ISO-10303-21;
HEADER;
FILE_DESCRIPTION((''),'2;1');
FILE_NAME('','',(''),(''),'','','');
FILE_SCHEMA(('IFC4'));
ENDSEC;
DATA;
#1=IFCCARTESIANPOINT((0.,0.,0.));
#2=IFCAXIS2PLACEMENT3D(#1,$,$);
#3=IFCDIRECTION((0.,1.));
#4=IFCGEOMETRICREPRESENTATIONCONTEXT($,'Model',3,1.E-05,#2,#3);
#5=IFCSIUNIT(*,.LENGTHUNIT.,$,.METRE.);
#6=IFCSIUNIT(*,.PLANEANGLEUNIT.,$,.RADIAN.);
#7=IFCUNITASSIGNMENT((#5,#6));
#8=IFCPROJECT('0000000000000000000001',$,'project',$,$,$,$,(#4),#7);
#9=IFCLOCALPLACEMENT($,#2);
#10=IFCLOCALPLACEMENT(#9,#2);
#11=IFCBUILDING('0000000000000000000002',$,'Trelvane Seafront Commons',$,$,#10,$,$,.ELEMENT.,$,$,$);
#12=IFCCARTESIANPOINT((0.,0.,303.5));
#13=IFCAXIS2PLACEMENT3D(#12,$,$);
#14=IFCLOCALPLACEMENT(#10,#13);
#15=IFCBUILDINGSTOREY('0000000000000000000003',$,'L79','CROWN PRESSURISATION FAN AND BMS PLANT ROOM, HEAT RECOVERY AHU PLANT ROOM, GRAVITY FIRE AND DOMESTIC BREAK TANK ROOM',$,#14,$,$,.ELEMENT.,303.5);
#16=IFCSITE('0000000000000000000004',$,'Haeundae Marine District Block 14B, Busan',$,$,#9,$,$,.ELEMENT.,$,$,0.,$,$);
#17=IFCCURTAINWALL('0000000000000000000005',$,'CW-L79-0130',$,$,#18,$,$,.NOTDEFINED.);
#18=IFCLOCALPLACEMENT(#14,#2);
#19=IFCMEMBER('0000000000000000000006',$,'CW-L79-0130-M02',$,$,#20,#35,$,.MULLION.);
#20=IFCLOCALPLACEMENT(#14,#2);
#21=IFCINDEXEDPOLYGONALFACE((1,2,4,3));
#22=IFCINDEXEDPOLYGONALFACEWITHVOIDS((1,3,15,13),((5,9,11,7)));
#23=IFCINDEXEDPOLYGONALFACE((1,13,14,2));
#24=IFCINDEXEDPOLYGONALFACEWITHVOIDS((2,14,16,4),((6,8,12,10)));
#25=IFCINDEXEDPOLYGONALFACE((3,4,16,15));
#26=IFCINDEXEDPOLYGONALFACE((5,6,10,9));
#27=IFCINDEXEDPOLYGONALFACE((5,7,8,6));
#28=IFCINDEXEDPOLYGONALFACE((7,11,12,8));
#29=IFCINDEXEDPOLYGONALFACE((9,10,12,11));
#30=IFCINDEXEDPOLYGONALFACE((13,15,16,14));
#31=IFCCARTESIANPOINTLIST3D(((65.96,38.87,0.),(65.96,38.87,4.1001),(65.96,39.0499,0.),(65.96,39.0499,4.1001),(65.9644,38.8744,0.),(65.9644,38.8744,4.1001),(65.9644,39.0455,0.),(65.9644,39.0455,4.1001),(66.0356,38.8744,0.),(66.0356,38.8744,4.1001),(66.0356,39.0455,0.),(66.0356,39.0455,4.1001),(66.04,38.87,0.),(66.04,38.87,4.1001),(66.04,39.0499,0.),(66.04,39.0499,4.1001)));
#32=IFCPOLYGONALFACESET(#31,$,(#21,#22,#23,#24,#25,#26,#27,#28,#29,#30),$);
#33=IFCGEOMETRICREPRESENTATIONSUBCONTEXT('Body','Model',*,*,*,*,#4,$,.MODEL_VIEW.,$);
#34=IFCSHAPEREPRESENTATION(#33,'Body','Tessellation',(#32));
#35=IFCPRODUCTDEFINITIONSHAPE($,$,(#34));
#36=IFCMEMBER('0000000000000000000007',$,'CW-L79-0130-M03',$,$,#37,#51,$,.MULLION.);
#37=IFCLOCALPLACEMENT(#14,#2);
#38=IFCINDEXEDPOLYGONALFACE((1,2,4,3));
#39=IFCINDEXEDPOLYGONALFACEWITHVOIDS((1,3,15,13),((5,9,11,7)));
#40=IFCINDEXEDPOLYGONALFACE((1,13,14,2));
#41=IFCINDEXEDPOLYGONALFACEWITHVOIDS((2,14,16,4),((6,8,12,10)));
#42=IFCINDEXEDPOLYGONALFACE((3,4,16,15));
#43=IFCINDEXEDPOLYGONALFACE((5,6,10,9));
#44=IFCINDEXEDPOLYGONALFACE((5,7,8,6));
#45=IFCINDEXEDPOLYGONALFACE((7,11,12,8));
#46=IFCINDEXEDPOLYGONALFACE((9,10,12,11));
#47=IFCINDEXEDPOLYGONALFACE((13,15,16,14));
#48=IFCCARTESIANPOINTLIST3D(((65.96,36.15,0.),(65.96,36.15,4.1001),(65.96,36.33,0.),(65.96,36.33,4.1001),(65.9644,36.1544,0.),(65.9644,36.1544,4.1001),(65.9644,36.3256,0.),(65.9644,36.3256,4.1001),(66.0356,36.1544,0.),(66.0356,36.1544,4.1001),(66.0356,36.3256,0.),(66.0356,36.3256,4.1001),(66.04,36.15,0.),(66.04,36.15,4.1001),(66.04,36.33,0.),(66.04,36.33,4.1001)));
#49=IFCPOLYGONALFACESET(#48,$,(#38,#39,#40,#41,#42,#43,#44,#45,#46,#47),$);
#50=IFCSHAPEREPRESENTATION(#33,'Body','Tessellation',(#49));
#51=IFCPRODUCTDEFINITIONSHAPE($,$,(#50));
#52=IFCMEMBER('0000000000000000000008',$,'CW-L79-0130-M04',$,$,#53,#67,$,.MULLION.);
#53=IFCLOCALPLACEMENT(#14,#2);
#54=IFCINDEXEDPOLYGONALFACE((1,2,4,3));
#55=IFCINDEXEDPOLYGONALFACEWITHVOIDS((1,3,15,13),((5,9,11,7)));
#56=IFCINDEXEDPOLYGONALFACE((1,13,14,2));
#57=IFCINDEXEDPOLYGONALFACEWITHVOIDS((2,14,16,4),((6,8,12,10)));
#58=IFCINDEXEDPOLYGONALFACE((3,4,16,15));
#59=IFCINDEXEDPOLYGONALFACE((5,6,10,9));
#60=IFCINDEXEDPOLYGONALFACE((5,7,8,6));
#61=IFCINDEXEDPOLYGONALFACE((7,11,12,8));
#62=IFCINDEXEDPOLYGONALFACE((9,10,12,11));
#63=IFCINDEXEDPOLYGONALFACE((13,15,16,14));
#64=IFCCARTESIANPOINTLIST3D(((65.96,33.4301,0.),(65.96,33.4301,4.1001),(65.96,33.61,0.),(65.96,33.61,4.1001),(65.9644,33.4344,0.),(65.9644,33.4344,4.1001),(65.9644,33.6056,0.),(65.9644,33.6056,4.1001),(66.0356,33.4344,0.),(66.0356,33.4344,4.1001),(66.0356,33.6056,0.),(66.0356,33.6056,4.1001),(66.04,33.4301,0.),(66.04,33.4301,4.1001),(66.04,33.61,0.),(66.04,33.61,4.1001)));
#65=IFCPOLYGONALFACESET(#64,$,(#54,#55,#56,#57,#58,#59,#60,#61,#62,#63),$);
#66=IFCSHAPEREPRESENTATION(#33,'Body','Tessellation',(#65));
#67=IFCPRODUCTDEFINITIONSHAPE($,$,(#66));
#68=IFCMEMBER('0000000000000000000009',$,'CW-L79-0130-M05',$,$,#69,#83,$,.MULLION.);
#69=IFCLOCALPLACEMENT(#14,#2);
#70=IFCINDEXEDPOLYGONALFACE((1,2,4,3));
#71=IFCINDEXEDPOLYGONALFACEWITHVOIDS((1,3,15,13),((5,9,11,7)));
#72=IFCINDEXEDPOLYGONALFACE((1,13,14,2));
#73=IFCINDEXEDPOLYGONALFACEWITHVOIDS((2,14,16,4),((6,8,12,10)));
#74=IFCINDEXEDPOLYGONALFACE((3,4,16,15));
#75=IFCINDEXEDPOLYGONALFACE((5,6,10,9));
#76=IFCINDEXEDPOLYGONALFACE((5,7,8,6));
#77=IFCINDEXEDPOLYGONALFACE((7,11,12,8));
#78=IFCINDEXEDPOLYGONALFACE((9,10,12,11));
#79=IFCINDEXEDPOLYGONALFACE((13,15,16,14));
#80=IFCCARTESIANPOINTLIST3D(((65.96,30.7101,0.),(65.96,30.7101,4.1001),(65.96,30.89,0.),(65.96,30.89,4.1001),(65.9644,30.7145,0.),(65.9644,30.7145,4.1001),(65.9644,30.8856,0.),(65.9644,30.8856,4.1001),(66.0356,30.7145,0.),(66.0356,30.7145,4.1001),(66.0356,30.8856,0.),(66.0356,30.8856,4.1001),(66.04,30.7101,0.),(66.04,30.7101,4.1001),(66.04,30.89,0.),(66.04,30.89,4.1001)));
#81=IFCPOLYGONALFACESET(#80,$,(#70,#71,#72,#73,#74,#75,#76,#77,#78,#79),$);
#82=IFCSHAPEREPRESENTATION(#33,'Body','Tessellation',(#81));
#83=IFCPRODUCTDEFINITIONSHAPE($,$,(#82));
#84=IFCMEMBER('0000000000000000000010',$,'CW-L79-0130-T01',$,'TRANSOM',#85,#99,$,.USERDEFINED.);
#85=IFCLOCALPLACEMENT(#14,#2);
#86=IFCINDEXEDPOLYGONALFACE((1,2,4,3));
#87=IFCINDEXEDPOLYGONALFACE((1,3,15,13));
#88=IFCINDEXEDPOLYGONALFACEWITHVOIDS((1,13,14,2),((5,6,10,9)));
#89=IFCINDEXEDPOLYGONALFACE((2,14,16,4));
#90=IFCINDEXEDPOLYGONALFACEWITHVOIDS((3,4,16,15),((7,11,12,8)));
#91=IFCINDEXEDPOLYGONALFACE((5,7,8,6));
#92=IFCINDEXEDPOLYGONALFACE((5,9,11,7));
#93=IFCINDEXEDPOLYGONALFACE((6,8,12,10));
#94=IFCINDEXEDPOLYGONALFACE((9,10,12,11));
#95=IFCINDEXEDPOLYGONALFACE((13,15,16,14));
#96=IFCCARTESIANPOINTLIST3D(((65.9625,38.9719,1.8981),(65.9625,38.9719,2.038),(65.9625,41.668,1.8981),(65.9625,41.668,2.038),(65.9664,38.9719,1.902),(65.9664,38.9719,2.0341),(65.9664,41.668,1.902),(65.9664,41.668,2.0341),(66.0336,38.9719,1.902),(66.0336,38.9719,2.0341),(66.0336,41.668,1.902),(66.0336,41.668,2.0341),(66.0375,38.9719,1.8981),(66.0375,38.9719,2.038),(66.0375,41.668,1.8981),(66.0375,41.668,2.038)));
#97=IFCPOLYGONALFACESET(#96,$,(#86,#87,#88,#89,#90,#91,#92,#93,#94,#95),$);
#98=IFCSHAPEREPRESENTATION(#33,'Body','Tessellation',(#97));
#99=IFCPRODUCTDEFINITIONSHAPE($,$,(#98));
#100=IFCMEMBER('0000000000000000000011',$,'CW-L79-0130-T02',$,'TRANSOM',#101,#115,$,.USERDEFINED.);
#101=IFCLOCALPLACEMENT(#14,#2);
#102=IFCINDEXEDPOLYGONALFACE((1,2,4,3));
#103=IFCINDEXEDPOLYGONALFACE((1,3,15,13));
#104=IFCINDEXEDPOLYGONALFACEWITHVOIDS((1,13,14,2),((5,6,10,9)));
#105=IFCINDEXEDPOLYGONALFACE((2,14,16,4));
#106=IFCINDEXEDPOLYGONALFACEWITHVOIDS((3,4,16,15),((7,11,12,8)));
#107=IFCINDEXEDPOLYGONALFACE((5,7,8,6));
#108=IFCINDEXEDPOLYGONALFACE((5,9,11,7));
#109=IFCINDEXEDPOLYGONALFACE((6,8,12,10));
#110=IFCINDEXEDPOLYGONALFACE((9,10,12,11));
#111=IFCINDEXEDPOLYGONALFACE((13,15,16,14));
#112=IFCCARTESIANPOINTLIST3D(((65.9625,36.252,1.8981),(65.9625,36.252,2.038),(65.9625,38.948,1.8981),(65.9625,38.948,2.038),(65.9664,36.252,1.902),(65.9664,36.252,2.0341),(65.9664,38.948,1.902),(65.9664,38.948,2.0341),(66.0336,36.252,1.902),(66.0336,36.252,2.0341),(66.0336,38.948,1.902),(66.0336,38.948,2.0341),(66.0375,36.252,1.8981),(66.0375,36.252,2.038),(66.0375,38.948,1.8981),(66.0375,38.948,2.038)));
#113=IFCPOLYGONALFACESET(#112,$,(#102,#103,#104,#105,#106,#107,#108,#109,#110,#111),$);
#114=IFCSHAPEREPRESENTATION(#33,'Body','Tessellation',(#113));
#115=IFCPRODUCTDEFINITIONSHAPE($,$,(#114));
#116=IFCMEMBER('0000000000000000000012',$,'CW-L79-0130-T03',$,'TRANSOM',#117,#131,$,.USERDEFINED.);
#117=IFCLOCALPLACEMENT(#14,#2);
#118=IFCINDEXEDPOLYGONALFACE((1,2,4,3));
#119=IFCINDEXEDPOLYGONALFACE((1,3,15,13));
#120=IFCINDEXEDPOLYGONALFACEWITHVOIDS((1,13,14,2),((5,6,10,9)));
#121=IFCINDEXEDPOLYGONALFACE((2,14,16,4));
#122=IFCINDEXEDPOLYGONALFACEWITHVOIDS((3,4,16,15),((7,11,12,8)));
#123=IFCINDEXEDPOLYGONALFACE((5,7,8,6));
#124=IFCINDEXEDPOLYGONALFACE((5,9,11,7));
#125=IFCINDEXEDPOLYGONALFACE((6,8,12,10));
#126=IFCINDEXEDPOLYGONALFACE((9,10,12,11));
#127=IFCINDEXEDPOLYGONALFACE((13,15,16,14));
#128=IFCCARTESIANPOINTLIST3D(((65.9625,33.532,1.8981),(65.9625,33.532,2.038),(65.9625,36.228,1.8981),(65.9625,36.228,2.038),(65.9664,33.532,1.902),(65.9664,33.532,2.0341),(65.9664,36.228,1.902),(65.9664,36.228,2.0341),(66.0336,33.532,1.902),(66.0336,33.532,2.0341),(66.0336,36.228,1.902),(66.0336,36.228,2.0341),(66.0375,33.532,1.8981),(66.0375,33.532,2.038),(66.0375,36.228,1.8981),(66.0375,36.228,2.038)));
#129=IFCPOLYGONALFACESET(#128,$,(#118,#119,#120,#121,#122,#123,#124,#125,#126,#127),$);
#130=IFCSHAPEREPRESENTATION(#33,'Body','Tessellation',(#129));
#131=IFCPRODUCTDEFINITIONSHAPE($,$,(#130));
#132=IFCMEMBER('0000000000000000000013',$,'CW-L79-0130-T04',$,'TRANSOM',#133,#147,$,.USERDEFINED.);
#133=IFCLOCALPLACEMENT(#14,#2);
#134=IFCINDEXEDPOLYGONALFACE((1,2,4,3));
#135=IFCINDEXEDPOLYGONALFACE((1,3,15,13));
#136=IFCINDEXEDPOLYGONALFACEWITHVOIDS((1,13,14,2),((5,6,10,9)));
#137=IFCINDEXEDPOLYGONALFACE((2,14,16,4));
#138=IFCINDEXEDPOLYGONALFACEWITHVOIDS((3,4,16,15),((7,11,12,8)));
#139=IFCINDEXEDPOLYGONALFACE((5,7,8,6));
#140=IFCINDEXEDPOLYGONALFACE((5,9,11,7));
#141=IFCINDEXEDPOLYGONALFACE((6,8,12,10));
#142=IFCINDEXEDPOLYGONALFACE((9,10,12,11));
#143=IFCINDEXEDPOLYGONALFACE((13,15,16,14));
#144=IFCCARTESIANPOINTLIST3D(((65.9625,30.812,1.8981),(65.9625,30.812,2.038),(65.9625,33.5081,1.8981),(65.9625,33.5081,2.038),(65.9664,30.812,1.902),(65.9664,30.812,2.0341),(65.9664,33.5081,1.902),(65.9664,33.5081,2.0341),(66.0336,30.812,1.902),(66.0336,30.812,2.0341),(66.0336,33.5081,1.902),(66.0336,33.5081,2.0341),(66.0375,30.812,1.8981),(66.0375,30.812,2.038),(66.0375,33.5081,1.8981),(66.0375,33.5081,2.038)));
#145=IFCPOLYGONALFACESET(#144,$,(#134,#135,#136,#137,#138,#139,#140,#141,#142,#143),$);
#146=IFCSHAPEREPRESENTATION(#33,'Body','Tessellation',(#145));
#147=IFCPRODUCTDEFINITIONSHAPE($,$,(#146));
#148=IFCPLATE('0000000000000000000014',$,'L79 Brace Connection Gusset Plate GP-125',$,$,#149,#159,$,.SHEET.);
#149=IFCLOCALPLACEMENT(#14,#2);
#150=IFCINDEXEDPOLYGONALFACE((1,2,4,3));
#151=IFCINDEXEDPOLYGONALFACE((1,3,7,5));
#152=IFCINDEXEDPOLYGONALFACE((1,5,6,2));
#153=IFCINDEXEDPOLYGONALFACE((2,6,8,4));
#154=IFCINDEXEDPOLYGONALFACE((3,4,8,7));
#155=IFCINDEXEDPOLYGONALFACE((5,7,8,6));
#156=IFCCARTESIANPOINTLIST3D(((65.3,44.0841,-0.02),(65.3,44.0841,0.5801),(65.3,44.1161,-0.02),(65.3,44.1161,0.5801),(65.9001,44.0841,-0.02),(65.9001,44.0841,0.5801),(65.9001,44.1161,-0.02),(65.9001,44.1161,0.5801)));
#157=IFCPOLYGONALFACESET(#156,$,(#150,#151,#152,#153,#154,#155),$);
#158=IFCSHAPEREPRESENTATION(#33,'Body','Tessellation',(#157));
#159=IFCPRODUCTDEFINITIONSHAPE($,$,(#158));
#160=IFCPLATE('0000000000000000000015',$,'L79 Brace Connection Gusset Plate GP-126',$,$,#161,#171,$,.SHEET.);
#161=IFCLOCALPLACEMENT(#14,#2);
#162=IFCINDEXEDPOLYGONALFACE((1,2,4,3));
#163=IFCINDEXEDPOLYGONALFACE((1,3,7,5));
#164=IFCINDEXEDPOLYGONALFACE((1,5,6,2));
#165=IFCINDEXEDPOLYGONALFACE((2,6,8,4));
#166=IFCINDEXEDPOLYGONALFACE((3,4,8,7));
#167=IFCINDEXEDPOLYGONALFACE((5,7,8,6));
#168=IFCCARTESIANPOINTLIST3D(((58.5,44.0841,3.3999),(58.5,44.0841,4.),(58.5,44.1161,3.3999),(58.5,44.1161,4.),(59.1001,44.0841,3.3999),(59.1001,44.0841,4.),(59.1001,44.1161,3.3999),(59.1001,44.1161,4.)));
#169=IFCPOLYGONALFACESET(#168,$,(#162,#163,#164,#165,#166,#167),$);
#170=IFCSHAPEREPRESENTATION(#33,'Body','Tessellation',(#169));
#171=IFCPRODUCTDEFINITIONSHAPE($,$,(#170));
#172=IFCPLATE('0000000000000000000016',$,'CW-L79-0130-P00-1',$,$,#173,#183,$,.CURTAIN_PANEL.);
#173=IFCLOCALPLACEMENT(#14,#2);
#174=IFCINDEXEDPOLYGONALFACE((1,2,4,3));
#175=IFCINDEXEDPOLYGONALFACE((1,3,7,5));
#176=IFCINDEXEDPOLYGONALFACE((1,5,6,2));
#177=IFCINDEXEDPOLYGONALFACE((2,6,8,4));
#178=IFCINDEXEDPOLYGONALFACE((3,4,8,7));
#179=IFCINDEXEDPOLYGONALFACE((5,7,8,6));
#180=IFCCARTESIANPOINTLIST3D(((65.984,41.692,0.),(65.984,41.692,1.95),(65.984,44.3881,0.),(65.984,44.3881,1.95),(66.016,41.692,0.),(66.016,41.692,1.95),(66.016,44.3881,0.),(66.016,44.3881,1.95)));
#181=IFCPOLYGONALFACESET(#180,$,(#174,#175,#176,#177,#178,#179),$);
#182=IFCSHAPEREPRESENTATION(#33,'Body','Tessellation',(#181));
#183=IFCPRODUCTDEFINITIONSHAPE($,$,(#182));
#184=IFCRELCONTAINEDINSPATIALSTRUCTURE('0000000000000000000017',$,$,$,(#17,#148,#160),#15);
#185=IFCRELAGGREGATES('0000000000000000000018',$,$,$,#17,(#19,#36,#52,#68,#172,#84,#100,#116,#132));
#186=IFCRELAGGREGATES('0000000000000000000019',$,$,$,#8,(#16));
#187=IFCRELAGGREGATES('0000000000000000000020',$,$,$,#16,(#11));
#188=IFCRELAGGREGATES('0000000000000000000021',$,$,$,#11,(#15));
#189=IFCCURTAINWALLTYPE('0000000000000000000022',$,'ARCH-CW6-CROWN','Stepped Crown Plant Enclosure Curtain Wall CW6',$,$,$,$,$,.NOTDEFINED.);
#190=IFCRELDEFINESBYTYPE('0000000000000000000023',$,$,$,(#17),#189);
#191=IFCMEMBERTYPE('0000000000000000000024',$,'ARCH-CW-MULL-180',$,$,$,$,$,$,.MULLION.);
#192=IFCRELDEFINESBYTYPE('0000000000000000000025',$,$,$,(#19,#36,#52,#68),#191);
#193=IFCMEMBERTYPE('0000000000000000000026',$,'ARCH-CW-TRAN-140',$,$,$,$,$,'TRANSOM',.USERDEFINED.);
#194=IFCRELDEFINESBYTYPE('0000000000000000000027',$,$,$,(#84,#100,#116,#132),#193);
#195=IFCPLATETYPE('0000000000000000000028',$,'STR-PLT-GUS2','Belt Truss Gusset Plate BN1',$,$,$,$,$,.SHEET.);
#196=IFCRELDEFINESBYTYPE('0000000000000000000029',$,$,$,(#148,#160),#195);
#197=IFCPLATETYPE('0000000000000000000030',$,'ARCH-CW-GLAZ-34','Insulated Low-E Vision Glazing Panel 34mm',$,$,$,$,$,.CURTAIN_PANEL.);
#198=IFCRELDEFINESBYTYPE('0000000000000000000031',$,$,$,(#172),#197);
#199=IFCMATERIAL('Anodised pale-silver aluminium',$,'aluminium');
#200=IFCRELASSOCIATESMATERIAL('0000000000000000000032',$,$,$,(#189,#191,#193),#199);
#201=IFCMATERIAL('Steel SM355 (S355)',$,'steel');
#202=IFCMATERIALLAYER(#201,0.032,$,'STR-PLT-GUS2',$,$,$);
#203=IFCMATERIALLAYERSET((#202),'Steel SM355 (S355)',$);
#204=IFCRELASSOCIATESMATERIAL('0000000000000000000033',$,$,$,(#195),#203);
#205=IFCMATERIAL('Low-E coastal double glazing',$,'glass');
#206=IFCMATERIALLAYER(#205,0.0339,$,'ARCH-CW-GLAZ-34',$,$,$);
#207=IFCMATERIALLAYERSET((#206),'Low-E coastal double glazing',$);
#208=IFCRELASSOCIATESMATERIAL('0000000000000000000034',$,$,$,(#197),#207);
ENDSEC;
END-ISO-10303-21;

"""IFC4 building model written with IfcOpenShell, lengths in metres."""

from ifc_helpers import new_model, si_unit, direction, frame, origin, origin_2d, place, context, subcontext, project, spatial, rectangle, hollow_rectangle, extrude, source, transform, mapped, material, layer, layer_set, material_profile, profile_set, type_object, element, aggregate, save


model = new_model("IFC4")

# Units and contexts
model_context = context("Model", 3, precision=1e-05, world=origin(), true_north=direction((0.0, 1.0)))
body_context = subcontext(model_context, "Body", "Model", "MODEL_VIEW")
ifc_project = project(units=[si_unit("LENGTHUNIT", "METRE"), si_unit("PLANEANGLEUNIT", "RADIAN")], contexts=[model_context])

# Site, building, storey
site_placement = place(None, origin())
site = spatial("IfcSite", under=ifc_project, at=site_placement, Name="Haeundae Marine District Block 14B, Busan", CompositionType="ELEMENT", RefElevation=0.0)
building_placement = place(site_placement, origin())
building = spatial("IfcBuilding", under=site, at=building_placement, Name="Trelvane Seafront Commons", CompositionType="ELEMENT")
storey_placement = place(building_placement, frame((0.0, 0.0, 303.5)))
storey = spatial("IfcBuildingStorey", under=building, at=storey_placement, Name="L79", Description="CROWN PRESSURISATION FAN AND BMS PLANT ROOM, HEAT RECOVERY AHU PLANT ROOM, GRAVITY FIRE AND DOMESTIC BREAK TANK ROOM", CompositionType="ELEMENT", Elevation=303.5)

# Shared definitions
ifc_material_1 = material(Name="Steel SM355 (S355)", Category="steel")

# Curtain wall, members
ifc_material_2 = material(Name="Anodised pale-silver aluminium", Category="aluminium")
curtain_wall_type = type_object("IfcCurtainWallType", Name="ARCH-CW6-CROWN", Description="Stepped Crown Plant Enclosure Curtain Wall CW6", PredefinedType="NOTDEFINED", material=ifc_material_2)
curtain_wall_placement = place(storey_placement, origin())
curtain_wall = element("IfcCurtainWall", 1, at=curtain_wall_placement, inside=storey, type_object=curtain_wall_type, Name="CW-L79-0130", PredefinedType="NOTDEFINED")
ifc_material_profile_1 = material_profile(ifc_material_2, hollow_rectangle(XDim=0.0801, YDim=0.1799, WallThickness=0.0044, at=origin_2d()), Name="MULL-80x180x4.5")
ifc_profile_set_1 = profile_set([ifc_material_profile_1], Name="Anodised pale-silver aluminium")
member_type_1 = type_object("IfcMemberType", Name="ARCH-CW-MULL-180", PredefinedType="MULLION", material=ifc_profile_set_1)
shared_shape_1 = source(origin(), body_context, "Body", "SweptSolid", [
    extrude(hollow_rectangle(XDim=0.0801, YDim=0.1799, WallThickness=0.0044, at=origin_2d()), origin(), (0.0, 0.0, 1.0), 4.1001),
])
member_1_placement = place(storey_placement, frame((66.0, 38.96, 0.0), z_axis=(0.0, 0.0, 1.0), x_axis=(1.0, 0.0, 0.0)))
member_1 = element("IfcMember", 2, at=member_1_placement, type_object=member_type_1, Name="CW-L79-0130-M02", PredefinedType="MULLION", context=body_context, shape_type="MappedRepresentation", body=[
    mapped(shared_shape_1, transform((0.0, 0.0, 0.0), x_axis=(1.0, 0.0, 0.0), y_axis=(0.0, 1.0, 0.0), z_axis=(0.0, 0.0, 1.0), scale=1.0)),
])
member_2_placement = place(storey_placement, frame((66.0, 36.24, 0.0), z_axis=(0.0, 0.0, 1.0), x_axis=(1.0, 0.0, 0.0)))
member_2 = element("IfcMember", 3, at=member_2_placement, type_object=member_type_1, Name="CW-L79-0130-M03", PredefinedType="MULLION", context=body_context, shape_type="MappedRepresentation", body=[
    mapped(shared_shape_1, transform((0.0, 0.0, 0.0), x_axis=(1.0, 0.0, 0.0), y_axis=(0.0, 1.0, 0.0), z_axis=(0.0, 0.0, 1.0), scale=1.0)),
])
member_3_placement = place(storey_placement, frame((66.0, 33.52, 0.0), z_axis=(0.0, 0.0, 1.0), x_axis=(1.0, 0.0, 0.0)))
member_3 = element("IfcMember", 4, at=member_3_placement, type_object=member_type_1, Name="CW-L79-0130-M04", PredefinedType="MULLION", context=body_context, shape_type="MappedRepresentation", body=[
    mapped(shared_shape_1, transform((0.0, 0.0, 0.0), x_axis=(1.0, 0.0, 0.0), y_axis=(0.0, 1.0, 0.0), z_axis=(0.0, 0.0, 1.0), scale=1.0)),
])
member_4_placement = place(storey_placement, frame((66.0, 30.8, 0.0), z_axis=(0.0, 0.0, 1.0), x_axis=(1.0, 0.0, 0.0)))
member_4 = element("IfcMember", 5, at=member_4_placement, type_object=member_type_1, Name="CW-L79-0130-M05", PredefinedType="MULLION", context=body_context, shape_type="MappedRepresentation", body=[
    mapped(shared_shape_1, transform((0.0, 0.0, 0.0), x_axis=(1.0, 0.0, 0.0), y_axis=(0.0, 1.0, 0.0), z_axis=(0.0, 0.0, 1.0), scale=1.0)),
])
ifc_material_profile_2 = material_profile(ifc_material_2, hollow_rectangle(XDim=0.075, YDim=0.1399, WallThickness=0.0039, at=origin_2d()), Name="TRAN-75x140x4")
ifc_profile_set_2 = profile_set([ifc_material_profile_2], Name="Anodised pale-silver aluminium")
member_type_2 = type_object("IfcMemberType", Name="ARCH-CW-TRAN-140", ElementType="TRANSOM", PredefinedType="USERDEFINED", material=ifc_profile_set_2)
shared_shape_2 = source(origin(), body_context, "Body", "SweptSolid", [
    extrude(hollow_rectangle(XDim=0.075, YDim=0.1399, WallThickness=0.0039, at=origin_2d()), origin(), (0.0, 0.0, 1.0), 2.696),
])
member_5_placement = place(storey_placement, frame((66.0, 41.668, 1.968), z_axis=(0.0, -1.0, 0.0), x_axis=(1.0, 0.0, 0.0)))
member_5 = element("IfcMember", 6, at=member_5_placement, type_object=member_type_2, Name="CW-L79-0130-T01", ObjectType="TRANSOM", PredefinedType="USERDEFINED", context=body_context, shape_type="MappedRepresentation", body=[
    mapped(shared_shape_2, transform((0.0, 0.0, 0.0), x_axis=(1.0, 0.0, 0.0), y_axis=(0.0, 1.0, 0.0), z_axis=(0.0, 0.0, 1.0), scale=1.0)),
])
member_6_placement = place(storey_placement, frame((66.0, 38.948, 1.968), z_axis=(0.0, -1.0, 0.0), x_axis=(1.0, 0.0, 0.0)))
member_6 = element("IfcMember", 7, at=member_6_placement, type_object=member_type_2, Name="CW-L79-0130-T02", ObjectType="TRANSOM", PredefinedType="USERDEFINED", context=body_context, shape_type="MappedRepresentation", body=[
    mapped(shared_shape_2, transform((0.0, 0.0, 0.0), x_axis=(1.0, 0.0, 0.0), y_axis=(0.0, 1.0, 0.0), z_axis=(0.0, 0.0, 1.0), scale=1.0)),
])
member_7_placement = place(storey_placement, frame((66.0, 36.228, 1.968), z_axis=(0.0, -1.0, 0.0), x_axis=(1.0, 0.0, 0.0)))
member_7 = element("IfcMember", 8, at=member_7_placement, type_object=member_type_2, Name="CW-L79-0130-T03", ObjectType="TRANSOM", PredefinedType="USERDEFINED", context=body_context, shape_type="MappedRepresentation", body=[
    mapped(shared_shape_2, transform((0.0, 0.0, 0.0), x_axis=(1.0, 0.0, 0.0), y_axis=(0.0, 1.0, 0.0), z_axis=(0.0, 0.0, 1.0), scale=1.0)),
])
member_8_placement = place(storey_placement, frame((66.0, 33.5081, 1.968), z_axis=(0.0, -1.0, 0.0), x_axis=(1.0, 0.0, 0.0)))
member_8 = element("IfcMember", 9, at=member_8_placement, type_object=member_type_2, Name="CW-L79-0130-T04", ObjectType="TRANSOM", PredefinedType="USERDEFINED", context=body_context, shape_type="MappedRepresentation", body=[
    mapped(shared_shape_2, transform((0.0, 0.0, 0.0), x_axis=(1.0, 0.0, 0.0), y_axis=(0.0, 1.0, 0.0), z_axis=(0.0, 0.0, 1.0), scale=1.0)),
])

# Plates
ifc_layer_1 = layer(ifc_material_1, 0.032, Name="STR-PLT-GUS2")
ifc_layer_set_1 = layer_set([ifc_layer_1], Name="Steel SM355 (S355)")
plate_type_1 = type_object("IfcPlateType", Name="STR-PLT-GUS2", Description="Belt Truss Gusset Plate BN1", PredefinedType="SHEET", material=ifc_layer_set_1)
shared_shape_3 = source(origin(), body_context, "Body", "SweptSolid", [
    extrude(rectangle(XDim=0.6001, YDim=0.032, at=origin_2d()), origin(), (0.0, 0.0, 1.0), 0.6001),
])
for number, where, z_axis, x_axis, name in (
    (10, (65.6001, 44.1001, -0.02), (0.0, 0.0, 1.0), (1.0, 0.0, 0.0), "L79 Brace Connection Gusset Plate GP-125"),
    (11, (58.8, 44.1001, 3.3999), (0.0, 0.0, 1.0), (1.0, 0.0, 0.0), "L79 Brace Connection Gusset Plate GP-126"),
):
    element("IfcPlate", number, at=place(storey_placement, frame(where, z_axis=z_axis, x_axis=x_axis)), inside=storey, type_object=plate_type_1, Name=name, PredefinedType="SHEET", context=body_context, shape_type="MappedRepresentation", body=[
        mapped(shared_shape_3, transform((0.0, 0.0, 0.0), x_axis=(1.0, 0.0, 0.0), y_axis=(0.0, 1.0, 0.0), z_axis=(0.0, 0.0, 1.0), scale=1.0)),
    ])

# Plate
ifc_material_3 = material(Name="Low-E coastal double glazing", Category="glass")
ifc_layer_2 = layer(ifc_material_3, 0.0339, Name="ARCH-CW-GLAZ-34")
ifc_layer_set_2 = layer_set([ifc_layer_2], Name="Low-E coastal double glazing")
plate_type_2 = type_object("IfcPlateType", Name="ARCH-CW-GLAZ-34", Description="Insulated Low-E Vision Glazing Panel 34mm", PredefinedType="CURTAIN_PANEL", material=ifc_layer_set_2)
shared_shape_4 = source(origin(), body_context, "Body", "SweptSolid", [
    extrude(rectangle(XDim=2.696, YDim=0.032, at=origin_2d()), origin(), (0.0, 0.0, 1.0), 1.95),
])
plate_1_placement = place(storey_placement, frame((66.0, 43.04, 0.0), z_axis=(0.0, 0.0, 1.0), x_axis=(0.0, -1.0, 0.0)))
plate_1 = element("IfcPlate", 12, at=plate_1_placement, type_object=plate_type_2, Name="CW-L79-0130-P00-1", PredefinedType="CURTAIN_PANEL", context=body_context, shape_type="MappedRepresentation", body=[
    mapped(shared_shape_4, transform((0.0, 0.0, 0.0), x_axis=(1.0, 0.0, 0.0), y_axis=(0.0, 1.0, 0.0), z_axis=(0.0, 0.0, 1.0), scale=1.0)),
])
aggregate(curtain_wall, [member_1, member_2, member_3, member_4, plate_1, member_5, member_6, member_7, member_8])

save(model, "model.ifc")
